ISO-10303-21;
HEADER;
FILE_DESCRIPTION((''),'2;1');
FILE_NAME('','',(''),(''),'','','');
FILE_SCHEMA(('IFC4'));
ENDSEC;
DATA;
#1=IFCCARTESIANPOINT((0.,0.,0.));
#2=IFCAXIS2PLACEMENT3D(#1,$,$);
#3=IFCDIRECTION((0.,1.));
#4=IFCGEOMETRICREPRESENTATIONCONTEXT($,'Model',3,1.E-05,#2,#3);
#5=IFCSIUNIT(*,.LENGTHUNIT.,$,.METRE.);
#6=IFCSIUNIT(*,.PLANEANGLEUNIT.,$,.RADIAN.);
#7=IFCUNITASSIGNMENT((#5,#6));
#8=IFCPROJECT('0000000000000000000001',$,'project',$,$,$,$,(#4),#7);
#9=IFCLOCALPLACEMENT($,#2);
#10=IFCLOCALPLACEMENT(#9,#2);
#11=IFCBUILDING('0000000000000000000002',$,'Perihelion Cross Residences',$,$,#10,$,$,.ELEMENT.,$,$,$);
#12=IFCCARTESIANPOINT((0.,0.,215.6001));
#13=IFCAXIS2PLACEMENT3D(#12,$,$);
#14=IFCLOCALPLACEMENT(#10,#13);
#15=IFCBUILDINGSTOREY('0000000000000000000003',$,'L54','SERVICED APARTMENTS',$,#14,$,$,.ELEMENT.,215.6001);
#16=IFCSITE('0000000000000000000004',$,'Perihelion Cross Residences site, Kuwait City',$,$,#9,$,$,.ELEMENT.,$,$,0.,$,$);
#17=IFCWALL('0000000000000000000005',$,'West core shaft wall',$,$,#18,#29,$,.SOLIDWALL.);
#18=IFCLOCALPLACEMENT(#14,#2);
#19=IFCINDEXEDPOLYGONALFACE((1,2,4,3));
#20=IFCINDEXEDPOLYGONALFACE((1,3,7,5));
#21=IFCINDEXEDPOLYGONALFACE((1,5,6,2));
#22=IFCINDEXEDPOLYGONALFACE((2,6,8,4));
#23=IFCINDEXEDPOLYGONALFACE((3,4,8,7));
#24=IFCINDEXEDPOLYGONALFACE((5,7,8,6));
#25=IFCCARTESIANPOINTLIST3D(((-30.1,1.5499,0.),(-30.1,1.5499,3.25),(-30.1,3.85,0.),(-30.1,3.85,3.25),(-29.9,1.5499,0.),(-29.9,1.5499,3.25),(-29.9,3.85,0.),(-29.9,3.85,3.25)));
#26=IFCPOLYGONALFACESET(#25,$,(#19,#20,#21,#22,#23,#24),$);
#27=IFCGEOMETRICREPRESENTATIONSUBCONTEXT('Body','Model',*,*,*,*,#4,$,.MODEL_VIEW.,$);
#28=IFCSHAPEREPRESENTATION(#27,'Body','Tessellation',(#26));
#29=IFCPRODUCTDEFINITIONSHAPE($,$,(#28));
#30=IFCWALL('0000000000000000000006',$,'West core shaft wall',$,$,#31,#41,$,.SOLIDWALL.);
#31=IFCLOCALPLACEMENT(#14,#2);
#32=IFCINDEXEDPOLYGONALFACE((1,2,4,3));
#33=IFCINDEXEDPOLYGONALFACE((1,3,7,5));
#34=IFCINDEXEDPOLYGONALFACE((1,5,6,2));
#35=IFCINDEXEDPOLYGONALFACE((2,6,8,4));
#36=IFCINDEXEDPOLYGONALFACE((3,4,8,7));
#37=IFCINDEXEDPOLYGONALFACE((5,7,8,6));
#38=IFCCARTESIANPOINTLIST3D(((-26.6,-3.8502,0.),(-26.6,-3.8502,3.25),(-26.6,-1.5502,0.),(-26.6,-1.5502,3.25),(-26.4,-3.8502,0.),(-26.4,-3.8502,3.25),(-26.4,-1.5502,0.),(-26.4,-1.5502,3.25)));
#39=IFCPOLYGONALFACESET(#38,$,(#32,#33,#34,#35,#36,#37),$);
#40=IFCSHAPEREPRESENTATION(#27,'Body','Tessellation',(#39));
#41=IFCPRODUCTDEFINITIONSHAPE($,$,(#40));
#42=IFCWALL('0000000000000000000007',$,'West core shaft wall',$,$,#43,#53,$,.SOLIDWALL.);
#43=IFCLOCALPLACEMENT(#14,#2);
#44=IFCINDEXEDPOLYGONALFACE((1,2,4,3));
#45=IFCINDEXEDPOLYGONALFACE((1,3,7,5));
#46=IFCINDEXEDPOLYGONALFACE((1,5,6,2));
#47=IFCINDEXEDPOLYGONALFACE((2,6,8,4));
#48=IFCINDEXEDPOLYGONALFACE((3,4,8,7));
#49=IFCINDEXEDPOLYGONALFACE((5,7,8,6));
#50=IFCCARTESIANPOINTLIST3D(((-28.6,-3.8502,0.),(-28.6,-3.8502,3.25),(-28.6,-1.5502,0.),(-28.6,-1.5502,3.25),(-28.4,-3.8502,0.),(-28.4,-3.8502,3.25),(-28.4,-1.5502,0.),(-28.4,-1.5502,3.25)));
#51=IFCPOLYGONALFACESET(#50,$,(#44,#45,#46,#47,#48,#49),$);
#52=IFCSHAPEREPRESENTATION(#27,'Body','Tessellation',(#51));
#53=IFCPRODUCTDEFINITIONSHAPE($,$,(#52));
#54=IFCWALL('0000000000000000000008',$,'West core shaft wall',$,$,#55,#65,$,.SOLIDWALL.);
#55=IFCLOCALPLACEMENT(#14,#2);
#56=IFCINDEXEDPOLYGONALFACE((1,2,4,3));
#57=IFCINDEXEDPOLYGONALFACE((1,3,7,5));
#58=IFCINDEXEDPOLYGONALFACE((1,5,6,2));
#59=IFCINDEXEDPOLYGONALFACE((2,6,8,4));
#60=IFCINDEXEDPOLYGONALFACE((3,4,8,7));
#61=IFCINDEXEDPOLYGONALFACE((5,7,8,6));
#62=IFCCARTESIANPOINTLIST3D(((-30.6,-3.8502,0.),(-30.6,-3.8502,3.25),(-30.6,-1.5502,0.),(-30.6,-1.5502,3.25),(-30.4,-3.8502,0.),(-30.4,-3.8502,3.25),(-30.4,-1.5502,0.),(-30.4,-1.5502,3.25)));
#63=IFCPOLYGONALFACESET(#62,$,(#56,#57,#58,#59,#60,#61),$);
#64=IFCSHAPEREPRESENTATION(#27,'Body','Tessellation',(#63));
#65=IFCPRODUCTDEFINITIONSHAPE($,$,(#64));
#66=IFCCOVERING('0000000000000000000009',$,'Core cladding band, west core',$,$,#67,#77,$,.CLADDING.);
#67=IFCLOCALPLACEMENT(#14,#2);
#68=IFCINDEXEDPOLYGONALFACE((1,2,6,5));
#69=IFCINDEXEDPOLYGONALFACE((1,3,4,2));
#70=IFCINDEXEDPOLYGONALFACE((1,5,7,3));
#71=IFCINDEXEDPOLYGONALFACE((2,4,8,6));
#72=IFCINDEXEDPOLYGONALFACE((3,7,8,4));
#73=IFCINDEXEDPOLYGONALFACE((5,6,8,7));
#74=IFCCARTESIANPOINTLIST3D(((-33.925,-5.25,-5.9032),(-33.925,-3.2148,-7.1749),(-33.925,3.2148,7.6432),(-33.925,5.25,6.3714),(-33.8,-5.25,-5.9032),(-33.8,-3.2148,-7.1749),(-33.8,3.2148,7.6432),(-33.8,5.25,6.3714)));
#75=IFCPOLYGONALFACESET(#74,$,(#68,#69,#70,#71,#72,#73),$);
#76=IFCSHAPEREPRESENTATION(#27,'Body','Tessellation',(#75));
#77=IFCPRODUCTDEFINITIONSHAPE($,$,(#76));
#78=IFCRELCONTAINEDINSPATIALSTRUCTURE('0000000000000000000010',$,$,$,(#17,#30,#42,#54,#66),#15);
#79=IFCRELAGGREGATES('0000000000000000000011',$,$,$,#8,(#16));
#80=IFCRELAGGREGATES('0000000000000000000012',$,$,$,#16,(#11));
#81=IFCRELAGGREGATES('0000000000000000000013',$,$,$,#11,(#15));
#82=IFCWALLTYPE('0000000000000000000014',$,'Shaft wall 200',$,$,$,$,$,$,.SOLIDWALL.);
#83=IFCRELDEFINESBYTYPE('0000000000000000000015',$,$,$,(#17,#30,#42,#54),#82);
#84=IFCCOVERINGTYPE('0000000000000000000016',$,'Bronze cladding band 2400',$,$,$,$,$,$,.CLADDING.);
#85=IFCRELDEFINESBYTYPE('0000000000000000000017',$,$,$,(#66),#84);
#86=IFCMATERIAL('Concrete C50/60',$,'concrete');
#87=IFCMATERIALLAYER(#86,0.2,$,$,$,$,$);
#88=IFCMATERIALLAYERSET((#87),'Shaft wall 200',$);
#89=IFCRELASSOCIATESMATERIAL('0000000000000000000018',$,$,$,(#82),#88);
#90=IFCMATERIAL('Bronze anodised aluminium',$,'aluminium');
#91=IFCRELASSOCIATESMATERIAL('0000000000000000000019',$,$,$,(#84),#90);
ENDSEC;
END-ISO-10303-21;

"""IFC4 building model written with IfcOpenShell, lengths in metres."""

from ifc_helpers import new_model, si_unit, direction, frame, frame_2d, origin, origin_2d, place, context, subcontext, project, spatial, rectangle, extrude, material, layer, layer_set, material_profile, profile_set, type_object, element, save


model = new_model("IFC4")

# Units and contexts
model_context = context("Model", 3, precision=1e-05, world=origin(), true_north=direction((0.0, 1.0)))
body_context = subcontext(model_context, "Body", "Model", "MODEL_VIEW")
ifc_project = project(units=[si_unit("LENGTHUNIT", "METRE"), si_unit("PLANEANGLEUNIT", "RADIAN")], contexts=[model_context])

# Site, building, storey
site_placement = place(None, origin())
site = spatial("IfcSite", under=ifc_project, at=site_placement, Name="Perihelion Cross Residences site, Kuwait City", CompositionType="ELEMENT", RefElevation=0.0)
building_placement = place(site_placement, origin())
building = spatial("IfcBuilding", under=site, at=building_placement, Name="Perihelion Cross Residences", CompositionType="ELEMENT")
storey_placement = place(building_placement, frame((0.0, 0.0, 215.6001)))
storey = spatial("IfcBuildingStorey", under=building, at=storey_placement, Name="L54", Description="SERVICED APARTMENTS", CompositionType="ELEMENT", Elevation=215.6001)

# Shared definitions
ifc_material_1 = material(Name="Concrete C50/60", Category="concrete")
ifc_layer_1 = layer(ifc_material_1, 0.2)
ifc_layer_set_1 = layer_set([ifc_layer_1], Name="Shaft wall 200")
wall_type_1 = type_object("IfcWallType", Name="Shaft wall 200", PredefinedType="SOLIDWALL", material=ifc_layer_set_1)

# Walls
for number, where, z_axis, x_axis, name in (
    (1, (-30.0, 1.55, 0.0), (0.0, 0.0, 1.0), (0.0, 1.0, 0.0), "West core shaft wall"),
    (2, (-26.5, -3.8501, 0.0), (0.0, 0.0, 1.0), (0.0, 1.0, 0.0), "West core shaft wall"),
    (3, (-28.5, -3.8501, 0.0), (0.0, 0.0, 1.0), (0.0, 1.0, 0.0), "West core shaft wall"),
    (4, (-30.5, -3.8501, 0.0), (0.0, 0.0, 1.0), (0.0, 1.0, 0.0), "West core shaft wall"),
):
    element("IfcWall", number, at=place(storey_placement, frame(where, z_axis=z_axis, x_axis=x_axis)), inside=storey, type_object=wall_type_1, Name=name, PredefinedType="SOLIDWALL", context=body_context, shape_type="SweptSolid", body=[
        extrude(rectangle(XDim=2.3, YDim=0.2, at=frame_2d((1.1499, 0.0))), origin(), (0.0, 0.0, 1.0), 3.25),
    ])

# Covering
ifc_material_2 = material(Name="Bronze anodised aluminium", Category="aluminium")
ifc_material_profile = material_profile(ifc_material_2, rectangle(XDim=0.125, YDim=2.3999, at=origin_2d()), Name="Bronze cladding band 2400")
ifc_profile_set = profile_set([ifc_material_profile], Name="Bronze anodised aluminium")
covering_type = type_object("IfcCoveringType", Name="Bronze cladding band 2400", PredefinedType="CLADDING", material=ifc_profile_set)
covering_placement = place(storey_placement, frame((-33.8625, -4.2324, -6.5391), z_axis=(0.0, 0.529925, 0.848045), x_axis=(-1.0, 0.0, 0.0)))
element("IfcCovering", 5, at=covering_placement, inside=storey, type_object=covering_type, Name="Core cladding band, west core", PredefinedType="CLADDING", context=body_context, shape_type="SweptSolid", body=[
    extrude(rectangle(XDim=0.125, YDim=2.3999, at=origin_2d()), origin(), (0.0, 0.0, 1.0), 15.9736),
])

save(model, "model.ifc")
